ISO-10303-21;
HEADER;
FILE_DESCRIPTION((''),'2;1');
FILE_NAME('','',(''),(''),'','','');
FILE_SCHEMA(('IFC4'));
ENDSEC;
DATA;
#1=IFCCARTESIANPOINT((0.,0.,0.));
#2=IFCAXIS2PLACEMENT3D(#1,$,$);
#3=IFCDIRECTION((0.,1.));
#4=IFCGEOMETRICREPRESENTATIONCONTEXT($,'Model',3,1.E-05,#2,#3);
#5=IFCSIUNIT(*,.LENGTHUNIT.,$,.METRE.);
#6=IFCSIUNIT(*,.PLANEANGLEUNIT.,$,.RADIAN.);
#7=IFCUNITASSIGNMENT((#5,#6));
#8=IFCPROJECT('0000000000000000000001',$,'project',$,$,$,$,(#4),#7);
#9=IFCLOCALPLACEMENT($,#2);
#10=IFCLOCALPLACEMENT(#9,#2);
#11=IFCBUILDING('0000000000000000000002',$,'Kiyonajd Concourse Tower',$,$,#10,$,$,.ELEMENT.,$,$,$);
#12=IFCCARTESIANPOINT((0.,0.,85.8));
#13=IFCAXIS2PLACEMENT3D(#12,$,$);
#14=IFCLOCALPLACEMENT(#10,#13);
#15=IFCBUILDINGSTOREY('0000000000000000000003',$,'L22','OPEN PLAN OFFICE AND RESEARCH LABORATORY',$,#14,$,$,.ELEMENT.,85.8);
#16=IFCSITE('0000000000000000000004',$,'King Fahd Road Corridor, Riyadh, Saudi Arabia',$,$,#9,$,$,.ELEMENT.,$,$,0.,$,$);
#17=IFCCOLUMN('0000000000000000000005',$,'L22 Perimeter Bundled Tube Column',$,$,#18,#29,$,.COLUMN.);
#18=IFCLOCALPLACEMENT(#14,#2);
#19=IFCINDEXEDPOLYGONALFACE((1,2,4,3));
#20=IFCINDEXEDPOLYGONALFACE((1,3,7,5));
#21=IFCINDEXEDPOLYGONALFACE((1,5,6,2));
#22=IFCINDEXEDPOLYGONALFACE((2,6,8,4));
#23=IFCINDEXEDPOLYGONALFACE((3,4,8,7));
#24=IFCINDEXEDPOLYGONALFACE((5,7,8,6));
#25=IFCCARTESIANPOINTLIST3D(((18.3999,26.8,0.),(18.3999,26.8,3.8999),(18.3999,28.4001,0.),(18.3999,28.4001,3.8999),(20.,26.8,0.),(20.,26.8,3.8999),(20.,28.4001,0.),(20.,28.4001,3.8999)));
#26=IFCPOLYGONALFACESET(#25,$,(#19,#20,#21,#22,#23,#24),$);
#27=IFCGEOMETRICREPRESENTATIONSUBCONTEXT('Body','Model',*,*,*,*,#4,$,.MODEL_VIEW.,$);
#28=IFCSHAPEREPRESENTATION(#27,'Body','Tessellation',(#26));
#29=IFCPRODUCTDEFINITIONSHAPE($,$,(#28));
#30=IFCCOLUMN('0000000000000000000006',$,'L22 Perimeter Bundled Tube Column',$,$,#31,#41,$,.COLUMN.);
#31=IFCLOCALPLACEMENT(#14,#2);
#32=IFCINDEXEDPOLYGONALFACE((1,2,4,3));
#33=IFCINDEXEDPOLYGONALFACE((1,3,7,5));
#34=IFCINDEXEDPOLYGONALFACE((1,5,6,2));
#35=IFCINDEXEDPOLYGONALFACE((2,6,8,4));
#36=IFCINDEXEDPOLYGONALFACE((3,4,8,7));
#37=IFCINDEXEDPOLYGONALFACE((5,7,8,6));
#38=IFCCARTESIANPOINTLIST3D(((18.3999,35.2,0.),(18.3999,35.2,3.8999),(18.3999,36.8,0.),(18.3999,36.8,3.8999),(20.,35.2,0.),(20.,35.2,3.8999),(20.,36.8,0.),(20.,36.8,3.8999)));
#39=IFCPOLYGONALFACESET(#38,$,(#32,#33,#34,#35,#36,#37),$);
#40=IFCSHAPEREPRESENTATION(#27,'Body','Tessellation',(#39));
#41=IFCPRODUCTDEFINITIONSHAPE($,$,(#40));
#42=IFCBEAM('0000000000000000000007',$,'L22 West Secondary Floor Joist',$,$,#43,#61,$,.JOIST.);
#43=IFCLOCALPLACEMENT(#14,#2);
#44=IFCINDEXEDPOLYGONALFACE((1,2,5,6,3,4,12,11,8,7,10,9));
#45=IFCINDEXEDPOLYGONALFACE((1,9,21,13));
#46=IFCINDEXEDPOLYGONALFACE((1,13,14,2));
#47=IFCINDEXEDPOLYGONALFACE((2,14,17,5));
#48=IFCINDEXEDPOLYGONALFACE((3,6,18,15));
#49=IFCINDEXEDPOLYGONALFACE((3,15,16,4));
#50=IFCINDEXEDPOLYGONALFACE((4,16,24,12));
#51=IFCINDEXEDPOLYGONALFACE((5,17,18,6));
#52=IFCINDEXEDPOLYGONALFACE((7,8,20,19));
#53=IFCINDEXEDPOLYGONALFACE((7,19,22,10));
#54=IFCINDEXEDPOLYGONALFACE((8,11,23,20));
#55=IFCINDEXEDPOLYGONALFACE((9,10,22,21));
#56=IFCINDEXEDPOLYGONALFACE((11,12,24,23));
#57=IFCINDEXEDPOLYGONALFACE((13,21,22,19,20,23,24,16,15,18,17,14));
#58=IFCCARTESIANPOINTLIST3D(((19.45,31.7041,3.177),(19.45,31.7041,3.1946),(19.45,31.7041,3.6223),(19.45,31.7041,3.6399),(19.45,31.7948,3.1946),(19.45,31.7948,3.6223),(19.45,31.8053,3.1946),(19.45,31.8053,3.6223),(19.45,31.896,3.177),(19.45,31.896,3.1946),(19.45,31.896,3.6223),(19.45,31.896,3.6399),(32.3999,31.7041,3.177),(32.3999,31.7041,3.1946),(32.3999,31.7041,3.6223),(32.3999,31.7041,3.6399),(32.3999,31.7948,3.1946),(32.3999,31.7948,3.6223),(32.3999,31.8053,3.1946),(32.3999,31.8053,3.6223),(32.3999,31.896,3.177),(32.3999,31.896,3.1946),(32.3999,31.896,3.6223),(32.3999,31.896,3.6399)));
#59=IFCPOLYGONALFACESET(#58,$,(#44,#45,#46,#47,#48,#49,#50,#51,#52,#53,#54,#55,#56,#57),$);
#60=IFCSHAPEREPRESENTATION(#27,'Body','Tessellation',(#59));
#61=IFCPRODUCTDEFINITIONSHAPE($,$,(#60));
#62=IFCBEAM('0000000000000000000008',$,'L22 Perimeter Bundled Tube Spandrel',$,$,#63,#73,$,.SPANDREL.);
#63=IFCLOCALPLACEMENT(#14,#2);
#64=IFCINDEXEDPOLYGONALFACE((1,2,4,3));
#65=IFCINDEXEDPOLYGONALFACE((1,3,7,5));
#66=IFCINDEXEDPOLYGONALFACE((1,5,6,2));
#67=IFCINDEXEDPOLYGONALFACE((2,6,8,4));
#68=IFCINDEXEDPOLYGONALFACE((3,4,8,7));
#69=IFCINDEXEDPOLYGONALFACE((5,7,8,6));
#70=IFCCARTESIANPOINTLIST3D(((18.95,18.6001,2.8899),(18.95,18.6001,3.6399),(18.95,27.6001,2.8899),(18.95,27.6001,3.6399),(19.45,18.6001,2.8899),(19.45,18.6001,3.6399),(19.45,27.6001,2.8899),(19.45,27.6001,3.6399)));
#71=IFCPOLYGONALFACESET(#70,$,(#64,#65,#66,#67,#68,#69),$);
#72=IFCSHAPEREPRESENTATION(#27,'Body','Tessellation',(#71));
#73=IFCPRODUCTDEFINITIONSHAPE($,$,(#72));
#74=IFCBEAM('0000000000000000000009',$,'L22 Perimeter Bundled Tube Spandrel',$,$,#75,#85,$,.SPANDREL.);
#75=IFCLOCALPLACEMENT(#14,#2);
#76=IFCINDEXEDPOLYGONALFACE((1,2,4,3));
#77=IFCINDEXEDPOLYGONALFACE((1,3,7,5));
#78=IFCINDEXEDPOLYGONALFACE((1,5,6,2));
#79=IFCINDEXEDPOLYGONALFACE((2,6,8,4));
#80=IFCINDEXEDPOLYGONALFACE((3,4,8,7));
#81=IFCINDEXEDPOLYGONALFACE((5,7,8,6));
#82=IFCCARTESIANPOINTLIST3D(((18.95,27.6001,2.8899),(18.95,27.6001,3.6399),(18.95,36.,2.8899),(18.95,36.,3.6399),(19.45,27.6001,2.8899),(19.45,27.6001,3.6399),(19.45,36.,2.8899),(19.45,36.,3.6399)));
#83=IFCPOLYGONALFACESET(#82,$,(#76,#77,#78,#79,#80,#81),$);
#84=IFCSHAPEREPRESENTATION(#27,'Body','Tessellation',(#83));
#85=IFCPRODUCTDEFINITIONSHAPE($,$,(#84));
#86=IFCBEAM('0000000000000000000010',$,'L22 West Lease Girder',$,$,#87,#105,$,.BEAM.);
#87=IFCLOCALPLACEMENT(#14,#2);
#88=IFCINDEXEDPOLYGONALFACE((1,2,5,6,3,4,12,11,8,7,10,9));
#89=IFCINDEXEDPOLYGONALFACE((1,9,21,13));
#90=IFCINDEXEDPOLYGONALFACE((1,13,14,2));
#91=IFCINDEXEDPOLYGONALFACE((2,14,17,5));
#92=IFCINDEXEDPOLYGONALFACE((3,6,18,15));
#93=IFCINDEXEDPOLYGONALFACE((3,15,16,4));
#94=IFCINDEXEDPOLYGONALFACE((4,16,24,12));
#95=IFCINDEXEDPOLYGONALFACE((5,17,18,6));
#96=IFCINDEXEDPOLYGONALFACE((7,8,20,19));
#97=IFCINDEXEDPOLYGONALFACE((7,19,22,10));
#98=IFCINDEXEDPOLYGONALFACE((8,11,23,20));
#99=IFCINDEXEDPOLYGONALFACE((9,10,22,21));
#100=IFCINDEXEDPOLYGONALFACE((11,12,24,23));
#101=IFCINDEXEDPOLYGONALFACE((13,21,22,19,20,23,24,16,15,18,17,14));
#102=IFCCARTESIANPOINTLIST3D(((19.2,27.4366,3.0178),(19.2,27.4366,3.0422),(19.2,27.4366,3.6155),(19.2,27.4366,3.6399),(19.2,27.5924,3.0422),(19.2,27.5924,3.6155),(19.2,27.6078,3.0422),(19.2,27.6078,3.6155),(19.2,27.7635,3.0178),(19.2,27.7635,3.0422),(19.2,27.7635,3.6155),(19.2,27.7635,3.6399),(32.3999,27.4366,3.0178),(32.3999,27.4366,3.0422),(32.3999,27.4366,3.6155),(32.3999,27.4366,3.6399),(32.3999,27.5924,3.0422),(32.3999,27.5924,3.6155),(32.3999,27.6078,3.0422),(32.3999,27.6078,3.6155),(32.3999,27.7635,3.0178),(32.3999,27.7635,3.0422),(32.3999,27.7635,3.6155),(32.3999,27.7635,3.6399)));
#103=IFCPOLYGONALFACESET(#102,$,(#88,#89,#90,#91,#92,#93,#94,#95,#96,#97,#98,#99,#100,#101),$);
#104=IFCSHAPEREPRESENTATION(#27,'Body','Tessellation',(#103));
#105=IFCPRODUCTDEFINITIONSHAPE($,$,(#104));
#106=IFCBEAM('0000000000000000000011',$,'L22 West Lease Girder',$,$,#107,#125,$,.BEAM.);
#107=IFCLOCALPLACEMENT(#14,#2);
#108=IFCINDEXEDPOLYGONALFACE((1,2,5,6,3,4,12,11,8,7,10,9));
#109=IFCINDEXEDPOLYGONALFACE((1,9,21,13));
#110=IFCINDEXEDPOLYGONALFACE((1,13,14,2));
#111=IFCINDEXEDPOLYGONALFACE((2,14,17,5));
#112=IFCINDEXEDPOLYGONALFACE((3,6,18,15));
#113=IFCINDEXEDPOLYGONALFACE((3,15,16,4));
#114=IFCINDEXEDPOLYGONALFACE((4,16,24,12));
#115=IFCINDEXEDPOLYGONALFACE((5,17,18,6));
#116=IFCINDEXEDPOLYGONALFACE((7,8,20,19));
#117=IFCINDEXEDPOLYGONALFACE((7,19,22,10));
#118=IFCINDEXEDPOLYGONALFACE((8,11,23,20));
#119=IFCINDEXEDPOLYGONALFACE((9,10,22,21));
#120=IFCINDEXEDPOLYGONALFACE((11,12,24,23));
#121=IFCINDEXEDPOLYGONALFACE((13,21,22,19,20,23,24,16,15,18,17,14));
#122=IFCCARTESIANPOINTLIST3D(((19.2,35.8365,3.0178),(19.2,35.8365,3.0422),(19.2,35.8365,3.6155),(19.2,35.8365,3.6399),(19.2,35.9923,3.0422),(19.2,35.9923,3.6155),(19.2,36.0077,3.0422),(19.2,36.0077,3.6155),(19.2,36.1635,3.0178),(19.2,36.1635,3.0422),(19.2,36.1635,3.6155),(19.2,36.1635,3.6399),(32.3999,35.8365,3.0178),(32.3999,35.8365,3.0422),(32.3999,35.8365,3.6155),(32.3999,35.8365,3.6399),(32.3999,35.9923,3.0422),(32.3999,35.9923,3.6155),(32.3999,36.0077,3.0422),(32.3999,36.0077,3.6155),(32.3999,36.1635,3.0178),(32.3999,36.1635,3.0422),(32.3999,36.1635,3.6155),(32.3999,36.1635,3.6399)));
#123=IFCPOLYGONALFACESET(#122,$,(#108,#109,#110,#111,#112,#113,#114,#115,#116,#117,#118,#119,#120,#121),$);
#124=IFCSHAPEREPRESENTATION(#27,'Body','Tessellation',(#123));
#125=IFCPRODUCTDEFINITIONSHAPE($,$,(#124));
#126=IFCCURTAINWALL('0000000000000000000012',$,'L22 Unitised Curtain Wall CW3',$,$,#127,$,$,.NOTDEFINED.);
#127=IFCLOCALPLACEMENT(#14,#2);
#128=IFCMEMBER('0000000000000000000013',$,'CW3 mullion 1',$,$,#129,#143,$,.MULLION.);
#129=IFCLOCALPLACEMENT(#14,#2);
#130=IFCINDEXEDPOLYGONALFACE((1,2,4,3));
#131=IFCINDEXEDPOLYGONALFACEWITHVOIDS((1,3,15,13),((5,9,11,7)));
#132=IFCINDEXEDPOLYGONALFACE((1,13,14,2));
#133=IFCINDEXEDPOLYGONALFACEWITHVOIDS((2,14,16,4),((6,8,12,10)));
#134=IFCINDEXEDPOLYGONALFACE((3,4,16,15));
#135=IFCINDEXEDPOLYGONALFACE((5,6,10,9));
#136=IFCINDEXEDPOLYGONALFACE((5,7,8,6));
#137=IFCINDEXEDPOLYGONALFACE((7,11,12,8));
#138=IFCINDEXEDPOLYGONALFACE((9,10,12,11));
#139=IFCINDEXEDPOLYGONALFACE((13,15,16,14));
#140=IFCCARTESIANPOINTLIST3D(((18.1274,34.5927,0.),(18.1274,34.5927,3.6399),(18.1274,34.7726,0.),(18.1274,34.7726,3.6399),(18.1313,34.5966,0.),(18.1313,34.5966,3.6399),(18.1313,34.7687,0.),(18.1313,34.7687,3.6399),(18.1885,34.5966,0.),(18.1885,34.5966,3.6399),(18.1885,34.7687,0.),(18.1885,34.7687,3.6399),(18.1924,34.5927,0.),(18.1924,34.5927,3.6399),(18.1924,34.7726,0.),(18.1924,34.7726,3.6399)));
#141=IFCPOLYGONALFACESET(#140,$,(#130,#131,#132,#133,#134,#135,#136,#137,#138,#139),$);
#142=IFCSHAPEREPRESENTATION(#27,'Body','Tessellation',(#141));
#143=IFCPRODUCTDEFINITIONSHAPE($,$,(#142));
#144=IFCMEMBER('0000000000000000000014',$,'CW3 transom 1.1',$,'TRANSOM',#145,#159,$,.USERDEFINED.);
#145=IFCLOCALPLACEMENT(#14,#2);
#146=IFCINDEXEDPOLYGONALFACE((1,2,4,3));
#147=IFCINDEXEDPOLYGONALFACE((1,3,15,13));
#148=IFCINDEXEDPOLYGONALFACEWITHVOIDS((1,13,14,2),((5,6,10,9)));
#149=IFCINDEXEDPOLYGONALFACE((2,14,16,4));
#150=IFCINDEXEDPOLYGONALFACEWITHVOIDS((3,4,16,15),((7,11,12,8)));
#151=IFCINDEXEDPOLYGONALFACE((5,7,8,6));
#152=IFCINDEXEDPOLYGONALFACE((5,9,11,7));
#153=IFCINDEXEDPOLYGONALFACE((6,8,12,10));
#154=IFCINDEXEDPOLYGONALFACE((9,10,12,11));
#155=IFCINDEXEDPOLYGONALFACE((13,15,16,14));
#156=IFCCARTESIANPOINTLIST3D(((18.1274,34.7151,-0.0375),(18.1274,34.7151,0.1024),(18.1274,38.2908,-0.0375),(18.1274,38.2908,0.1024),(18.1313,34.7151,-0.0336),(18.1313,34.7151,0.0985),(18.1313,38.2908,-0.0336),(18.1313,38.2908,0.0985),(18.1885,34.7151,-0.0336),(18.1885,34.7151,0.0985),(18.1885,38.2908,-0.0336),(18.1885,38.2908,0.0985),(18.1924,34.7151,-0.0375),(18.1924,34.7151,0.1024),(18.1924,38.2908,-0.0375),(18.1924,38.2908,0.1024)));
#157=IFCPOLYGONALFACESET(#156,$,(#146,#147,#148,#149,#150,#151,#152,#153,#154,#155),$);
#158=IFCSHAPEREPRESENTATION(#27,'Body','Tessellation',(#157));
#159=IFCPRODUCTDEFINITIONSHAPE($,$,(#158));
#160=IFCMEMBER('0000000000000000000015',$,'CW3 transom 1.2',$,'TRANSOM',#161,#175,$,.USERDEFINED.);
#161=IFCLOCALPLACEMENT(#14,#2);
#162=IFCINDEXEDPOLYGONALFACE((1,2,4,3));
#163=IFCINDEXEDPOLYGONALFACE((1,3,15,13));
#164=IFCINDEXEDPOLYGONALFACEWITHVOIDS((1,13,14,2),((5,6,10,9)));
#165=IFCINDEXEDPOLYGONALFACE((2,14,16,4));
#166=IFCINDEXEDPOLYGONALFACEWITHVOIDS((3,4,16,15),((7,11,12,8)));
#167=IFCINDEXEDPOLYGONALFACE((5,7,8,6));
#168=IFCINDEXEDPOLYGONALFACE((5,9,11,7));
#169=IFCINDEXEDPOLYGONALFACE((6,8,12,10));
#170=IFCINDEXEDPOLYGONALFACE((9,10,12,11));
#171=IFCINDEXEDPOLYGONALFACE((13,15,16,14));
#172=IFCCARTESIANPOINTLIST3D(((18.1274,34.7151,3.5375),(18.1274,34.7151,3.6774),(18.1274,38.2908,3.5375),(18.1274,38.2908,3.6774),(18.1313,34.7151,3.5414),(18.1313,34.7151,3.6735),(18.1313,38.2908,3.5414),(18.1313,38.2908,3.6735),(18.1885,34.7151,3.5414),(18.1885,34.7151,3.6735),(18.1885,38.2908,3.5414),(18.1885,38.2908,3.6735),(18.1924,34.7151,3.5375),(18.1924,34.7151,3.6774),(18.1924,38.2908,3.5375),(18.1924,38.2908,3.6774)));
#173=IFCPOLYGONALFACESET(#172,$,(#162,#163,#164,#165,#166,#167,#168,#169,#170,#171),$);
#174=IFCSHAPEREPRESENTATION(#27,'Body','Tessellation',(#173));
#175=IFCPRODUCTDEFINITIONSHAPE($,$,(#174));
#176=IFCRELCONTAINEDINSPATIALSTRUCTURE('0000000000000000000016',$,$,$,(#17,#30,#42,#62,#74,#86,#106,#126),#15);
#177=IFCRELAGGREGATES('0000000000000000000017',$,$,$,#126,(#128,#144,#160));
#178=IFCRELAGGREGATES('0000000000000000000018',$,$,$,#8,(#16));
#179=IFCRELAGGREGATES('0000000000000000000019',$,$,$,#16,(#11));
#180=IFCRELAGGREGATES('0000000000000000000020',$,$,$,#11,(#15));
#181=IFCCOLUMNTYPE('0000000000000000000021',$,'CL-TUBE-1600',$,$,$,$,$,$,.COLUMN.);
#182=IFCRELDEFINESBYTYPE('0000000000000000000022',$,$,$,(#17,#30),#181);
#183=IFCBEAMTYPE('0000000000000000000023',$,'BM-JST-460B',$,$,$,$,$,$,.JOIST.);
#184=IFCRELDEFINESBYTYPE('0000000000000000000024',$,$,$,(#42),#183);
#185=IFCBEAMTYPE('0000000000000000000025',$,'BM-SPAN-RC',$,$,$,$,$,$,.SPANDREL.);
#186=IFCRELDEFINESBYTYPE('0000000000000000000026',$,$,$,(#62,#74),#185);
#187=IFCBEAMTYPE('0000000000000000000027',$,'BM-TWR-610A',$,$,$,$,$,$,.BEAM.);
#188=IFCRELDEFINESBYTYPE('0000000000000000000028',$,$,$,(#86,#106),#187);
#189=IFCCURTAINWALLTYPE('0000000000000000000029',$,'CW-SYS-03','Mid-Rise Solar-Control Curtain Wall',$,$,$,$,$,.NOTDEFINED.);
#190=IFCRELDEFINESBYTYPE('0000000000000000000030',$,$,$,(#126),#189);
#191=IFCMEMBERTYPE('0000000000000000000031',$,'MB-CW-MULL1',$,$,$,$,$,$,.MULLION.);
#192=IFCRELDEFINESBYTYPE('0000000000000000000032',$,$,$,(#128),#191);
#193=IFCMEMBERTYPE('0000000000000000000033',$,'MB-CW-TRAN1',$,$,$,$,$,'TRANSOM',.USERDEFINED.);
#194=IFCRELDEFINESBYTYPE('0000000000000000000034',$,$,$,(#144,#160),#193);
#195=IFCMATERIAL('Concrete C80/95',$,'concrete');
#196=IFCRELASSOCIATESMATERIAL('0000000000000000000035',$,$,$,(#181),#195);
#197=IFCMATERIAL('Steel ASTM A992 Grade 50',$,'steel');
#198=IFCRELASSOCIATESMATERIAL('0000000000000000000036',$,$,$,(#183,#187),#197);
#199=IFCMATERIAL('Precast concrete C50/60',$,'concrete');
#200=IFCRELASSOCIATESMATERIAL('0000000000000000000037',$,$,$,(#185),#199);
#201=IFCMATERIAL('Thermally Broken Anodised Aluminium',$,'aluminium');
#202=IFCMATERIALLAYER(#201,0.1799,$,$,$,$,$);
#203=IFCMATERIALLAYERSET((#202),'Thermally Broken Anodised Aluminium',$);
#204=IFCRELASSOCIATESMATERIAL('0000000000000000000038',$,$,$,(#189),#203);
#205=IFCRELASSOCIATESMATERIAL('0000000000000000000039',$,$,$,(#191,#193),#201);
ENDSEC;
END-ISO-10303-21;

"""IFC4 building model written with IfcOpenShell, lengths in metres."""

from ifc_helpers import new_model, si_unit, direction, frame, origin, origin_2d, place, context, subcontext, project, spatial, rectangle, hollow_rectangle, i_section, extrude, material, layer, layer_set, material_profile, profile_set, type_object, element, aggregate, save


model = new_model("IFC4")

# Units and contexts
model_context = context("Model", 3, precision=1e-05, world=origin(), true_north=direction((0.0, 1.0)))
body_context = subcontext(model_context, "Body", "Model", "MODEL_VIEW")
ifc_project = project(units=[si_unit("LENGTHUNIT", "METRE"), si_unit("PLANEANGLEUNIT", "RADIAN")], contexts=[model_context])

# Site, building, storey
site_placement = place(None, origin())
site = spatial("IfcSite", under=ifc_project, at=site_placement, Name="King Fahd Road Corridor, Riyadh, Saudi Arabia", CompositionType="ELEMENT", RefElevation=0.0)
building_placement = place(site_placement, origin())
building = spatial("IfcBuilding", under=site, at=building_placement, Name="Kiyonajd Concourse Tower", CompositionType="ELEMENT")
storey_placement = place(building_placement, frame((0.0, 0.0, 85.8)))
storey = spatial("IfcBuildingStorey", under=building, at=storey_placement, Name="L22", Description="OPEN PLAN OFFICE AND RESEARCH LABORATORY", CompositionType="ELEMENT", Elevation=85.8)

# Columns
ifc_material_1 = material(Name="Concrete C80/95", Category="concrete")
ifc_material_profile_1 = material_profile(ifc_material_1, rectangle(XDim=1.6001, YDim=1.6001, at=origin_2d()), Name="RC-1600x1600")
ifc_profile_set_1 = profile_set([ifc_material_profile_1], Name="Concrete C80/95")
column_type = type_object("IfcColumnType", Name="CL-TUBE-1600", PredefinedType="COLUMN", material=ifc_profile_set_1)
for number, where, z_axis, x_axis, name in (
    (1, (19.2, 27.6001, 0.0), (0.0, 0.0, 1.0), (1.0, 0.0, 0.0), "L22 Perimeter Bundled Tube Column"),
    (2, (19.2, 36.0, 0.0), (0.0, 0.0, 1.0), (1.0, 0.0, 0.0), "L22 Perimeter Bundled Tube Column"),
):
    element("IfcColumn", number, at=place(storey_placement, frame(where, z_axis=z_axis, x_axis=x_axis)), inside=storey, type_object=column_type, Name=name, PredefinedType="COLUMN", context=body_context, shape_type="SweptSolid", body=[
        extrude(rectangle(XDim=1.6001, YDim=1.6001, at=origin_2d()), origin(), (0.0, 0.0, 1.0), 3.8999),
    ])

# Beams
ifc_material_2 = material(Name="Steel ASTM A992 Grade 50", Category="steel")
ifc_material_profile_2 = material_profile(ifc_material_2, i_section(OverallWidth=0.1919, OverallDepth=0.4629, WebThickness=0.0105, FlangeThickness=0.0176, at=origin_2d()), Name="W460X89")
ifc_profile_set_2 = profile_set([ifc_material_profile_2], Name="Steel ASTM A992 Grade 50")
beam_type_1 = type_object("IfcBeamType", Name="BM-JST-460B", PredefinedType="JOIST", material=ifc_profile_set_2)
beam_1_placement = place(storey_placement, frame((19.45, 31.8, 3.4084), z_axis=(1.0, 0.0, 0.0), x_axis=(0.0, 1.0, 0.0)))
element("IfcBeam", 3, at=beam_1_placement, inside=storey, type_object=beam_type_1, Name="L22 West Secondary Floor Joist", PredefinedType="JOIST", context=body_context, shape_type="SweptSolid", body=[
    extrude(i_section(OverallWidth=0.1919, OverallDepth=0.4629, WebThickness=0.0105, FlangeThickness=0.0176, at=origin_2d()), origin(), (0.0, 0.0, 1.0), 12.95),
])
ifc_material_3 = material(Name="Precast concrete C50/60", Category="concrete")
ifc_material_profile_3 = material_profile(ifc_material_3, rectangle(XDim=0.5, YDim=0.75, at=origin_2d()), Name="RCBM-500x750")
ifc_profile_set_3 = profile_set([ifc_material_profile_3], Name="Precast concrete C50/60")
beam_type_2 = type_object("IfcBeamType", Name="BM-SPAN-RC", PredefinedType="SPANDREL", material=ifc_profile_set_3)
beam_2_placement = place(storey_placement, frame((19.2, 27.6001, 3.2649), z_axis=(0.0, -1.0, 0.0), x_axis=(1.0, 0.0, 0.0)))
element("IfcBeam", 4, at=beam_2_placement, inside=storey, type_object=beam_type_2, Name="L22 Perimeter Bundled Tube Spandrel", PredefinedType="SPANDREL", context=body_context, shape_type="SweptSolid", body=[
    extrude(rectangle(XDim=0.5, YDim=0.75, at=origin_2d()), origin(), (0.0, 0.0, 1.0), 9.0),
])
beam_3_placement = place(storey_placement, frame((19.2, 36.0, 3.2649), z_axis=(0.0, -1.0, 0.0), x_axis=(1.0, 0.0, 0.0)))
element("IfcBeam", 5, at=beam_3_placement, inside=storey, type_object=beam_type_2, Name="L22 Perimeter Bundled Tube Spandrel", PredefinedType="SPANDREL", context=body_context, shape_type="SweptSolid", body=[
    extrude(rectangle(XDim=0.5, YDim=0.75, at=origin_2d()), origin(), (0.0, 0.0, 1.0), 8.3999),
])
ifc_material_profile_4 = material_profile(ifc_material_2, i_section(OverallWidth=0.3269, OverallDepth=0.6221, WebThickness=0.0154, FlangeThickness=0.0244, at=origin_2d()), Name="W610X195")
ifc_profile_set_4 = profile_set([ifc_material_profile_4], Name="Steel ASTM A992 Grade 50")
beam_type_3 = type_object("IfcBeamType", Name="BM-TWR-610A", PredefinedType="BEAM", material=ifc_profile_set_4)
for number, where, z_axis, x_axis, name in (
    (6, (19.2, 27.6001, 3.3289), (1.0, 0.0, 0.0), (0.0, 1.0, 0.0), "L22 West Lease Girder"),
    (7, (19.2, 36.0, 3.3289), (1.0, 0.0, 0.0), (0.0, 1.0, 0.0), "L22 West Lease Girder"),
):
    element("IfcBeam", number, at=place(storey_placement, frame(where, z_axis=z_axis, x_axis=x_axis)), inside=storey, type_object=beam_type_3, Name=name, PredefinedType="BEAM", context=body_context, shape_type="SweptSolid", body=[
        extrude(i_section(OverallWidth=0.3269, OverallDepth=0.6221, WebThickness=0.0154, FlangeThickness=0.0244, at=origin_2d()), origin(), (0.0, 0.0, 1.0), 13.2),
    ])

# Curtain wall, members
ifc_material_4 = material(Name="Thermally Broken Anodised Aluminium", Category="aluminium")
ifc_layer_1 = layer(ifc_material_4, 0.1799)
ifc_layer_set_1 = layer_set([ifc_layer_1], Name="Thermally Broken Anodised Aluminium")
curtain_wall_type = type_object("IfcCurtainWallType", Name="CW-SYS-03", Description="Mid-Rise Solar-Control Curtain Wall", PredefinedType="NOTDEFINED", material=ifc_layer_set_1)
curtain_wall_placement = place(storey_placement, origin())
curtain_wall = element("IfcCurtainWall", 8, at=curtain_wall_placement, inside=storey, type_object=curtain_wall_type, Name="L22 Unitised Curtain Wall CW3", PredefinedType="NOTDEFINED")
ifc_material_profile_5 = material_profile(ifc_material_4, hollow_rectangle(XDim=0.0649, YDim=0.1799, WallThickness=0.0039, at=origin_2d()), Name="MULL-65x180")
ifc_profile_set_5 = profile_set([ifc_material_profile_5], Name="Thermally Broken Anodised Aluminium")
member_type_1 = type_object("IfcMemberType", Name="MB-CW-MULL1", PredefinedType="MULLION", material=ifc_profile_set_5)
member_1_placement = place(storey_placement, frame((18.1599, 34.6826, 0.0), z_axis=(0.0, 0.0, 1.0), x_axis=(-1.0, 0.0, 0.0)))
member_1 = element("IfcMember", 9, at=member_1_placement, type_object=member_type_1, Name="CW3 mullion 1", PredefinedType="MULLION", context=body_context, shape_type="SweptSolid", body=[
    extrude(hollow_rectangle(XDim=0.0649, YDim=0.1799, WallThickness=0.0039, at=origin_2d()), origin(), (0.0, 0.0, 1.0), 3.6399),
])
ifc_material_profile_6 = material_profile(ifc_material_4, hollow_rectangle(XDim=0.0649, YDim=0.1399, WallThickness=0.0039, at=origin_2d()), Name="TRAN-65x140")
ifc_profile_set_6 = profile_set([ifc_material_profile_6], Name="Thermally Broken Anodised Aluminium")
member_type_2 = type_object("IfcMemberType", Name="MB-CW-TRAN1", ElementType="TRANSOM", PredefinedType="USERDEFINED", material=ifc_profile_set_6)
member_2_placement = place(storey_placement, frame((18.1599, 34.7151, 0.0325), z_axis=(0.0, 1.0, 0.0), x_axis=(-1.0, 0.0, 0.0)))
member_2 = element("IfcMember", 10, at=member_2_placement, type_object=member_type_2, Name="CW3 transom 1.1", ObjectType="TRANSOM", PredefinedType="USERDEFINED", context=body_context, shape_type="SweptSolid", body=[
    extrude(hollow_rectangle(XDim=0.0649, YDim=0.1399, WallThickness=0.0039, at=origin_2d()), origin(), (0.0, 0.0, 1.0), 3.5757),
])
member_3_placement = place(storey_placement, frame((18.1599, 34.7151, 3.6074), z_axis=(0.0, 1.0, 0.0), x_axis=(-1.0, 0.0, 0.0)))
member_3 = element("IfcMember", 11, at=member_3_placement, type_object=member_type_2, Name="CW3 transom 1.2", ObjectType="TRANSOM", PredefinedType="USERDEFINED", context=body_context, shape_type="SweptSolid", body=[
    extrude(hollow_rectangle(XDim=0.0649, YDim=0.1399, WallThickness=0.0039, at=origin_2d()), origin(), (0.0, 0.0, 1.0), 3.5757),
])

aggregate(curtain_wall, [member_1, member_2, member_3])

save(model, "model.ifc")
